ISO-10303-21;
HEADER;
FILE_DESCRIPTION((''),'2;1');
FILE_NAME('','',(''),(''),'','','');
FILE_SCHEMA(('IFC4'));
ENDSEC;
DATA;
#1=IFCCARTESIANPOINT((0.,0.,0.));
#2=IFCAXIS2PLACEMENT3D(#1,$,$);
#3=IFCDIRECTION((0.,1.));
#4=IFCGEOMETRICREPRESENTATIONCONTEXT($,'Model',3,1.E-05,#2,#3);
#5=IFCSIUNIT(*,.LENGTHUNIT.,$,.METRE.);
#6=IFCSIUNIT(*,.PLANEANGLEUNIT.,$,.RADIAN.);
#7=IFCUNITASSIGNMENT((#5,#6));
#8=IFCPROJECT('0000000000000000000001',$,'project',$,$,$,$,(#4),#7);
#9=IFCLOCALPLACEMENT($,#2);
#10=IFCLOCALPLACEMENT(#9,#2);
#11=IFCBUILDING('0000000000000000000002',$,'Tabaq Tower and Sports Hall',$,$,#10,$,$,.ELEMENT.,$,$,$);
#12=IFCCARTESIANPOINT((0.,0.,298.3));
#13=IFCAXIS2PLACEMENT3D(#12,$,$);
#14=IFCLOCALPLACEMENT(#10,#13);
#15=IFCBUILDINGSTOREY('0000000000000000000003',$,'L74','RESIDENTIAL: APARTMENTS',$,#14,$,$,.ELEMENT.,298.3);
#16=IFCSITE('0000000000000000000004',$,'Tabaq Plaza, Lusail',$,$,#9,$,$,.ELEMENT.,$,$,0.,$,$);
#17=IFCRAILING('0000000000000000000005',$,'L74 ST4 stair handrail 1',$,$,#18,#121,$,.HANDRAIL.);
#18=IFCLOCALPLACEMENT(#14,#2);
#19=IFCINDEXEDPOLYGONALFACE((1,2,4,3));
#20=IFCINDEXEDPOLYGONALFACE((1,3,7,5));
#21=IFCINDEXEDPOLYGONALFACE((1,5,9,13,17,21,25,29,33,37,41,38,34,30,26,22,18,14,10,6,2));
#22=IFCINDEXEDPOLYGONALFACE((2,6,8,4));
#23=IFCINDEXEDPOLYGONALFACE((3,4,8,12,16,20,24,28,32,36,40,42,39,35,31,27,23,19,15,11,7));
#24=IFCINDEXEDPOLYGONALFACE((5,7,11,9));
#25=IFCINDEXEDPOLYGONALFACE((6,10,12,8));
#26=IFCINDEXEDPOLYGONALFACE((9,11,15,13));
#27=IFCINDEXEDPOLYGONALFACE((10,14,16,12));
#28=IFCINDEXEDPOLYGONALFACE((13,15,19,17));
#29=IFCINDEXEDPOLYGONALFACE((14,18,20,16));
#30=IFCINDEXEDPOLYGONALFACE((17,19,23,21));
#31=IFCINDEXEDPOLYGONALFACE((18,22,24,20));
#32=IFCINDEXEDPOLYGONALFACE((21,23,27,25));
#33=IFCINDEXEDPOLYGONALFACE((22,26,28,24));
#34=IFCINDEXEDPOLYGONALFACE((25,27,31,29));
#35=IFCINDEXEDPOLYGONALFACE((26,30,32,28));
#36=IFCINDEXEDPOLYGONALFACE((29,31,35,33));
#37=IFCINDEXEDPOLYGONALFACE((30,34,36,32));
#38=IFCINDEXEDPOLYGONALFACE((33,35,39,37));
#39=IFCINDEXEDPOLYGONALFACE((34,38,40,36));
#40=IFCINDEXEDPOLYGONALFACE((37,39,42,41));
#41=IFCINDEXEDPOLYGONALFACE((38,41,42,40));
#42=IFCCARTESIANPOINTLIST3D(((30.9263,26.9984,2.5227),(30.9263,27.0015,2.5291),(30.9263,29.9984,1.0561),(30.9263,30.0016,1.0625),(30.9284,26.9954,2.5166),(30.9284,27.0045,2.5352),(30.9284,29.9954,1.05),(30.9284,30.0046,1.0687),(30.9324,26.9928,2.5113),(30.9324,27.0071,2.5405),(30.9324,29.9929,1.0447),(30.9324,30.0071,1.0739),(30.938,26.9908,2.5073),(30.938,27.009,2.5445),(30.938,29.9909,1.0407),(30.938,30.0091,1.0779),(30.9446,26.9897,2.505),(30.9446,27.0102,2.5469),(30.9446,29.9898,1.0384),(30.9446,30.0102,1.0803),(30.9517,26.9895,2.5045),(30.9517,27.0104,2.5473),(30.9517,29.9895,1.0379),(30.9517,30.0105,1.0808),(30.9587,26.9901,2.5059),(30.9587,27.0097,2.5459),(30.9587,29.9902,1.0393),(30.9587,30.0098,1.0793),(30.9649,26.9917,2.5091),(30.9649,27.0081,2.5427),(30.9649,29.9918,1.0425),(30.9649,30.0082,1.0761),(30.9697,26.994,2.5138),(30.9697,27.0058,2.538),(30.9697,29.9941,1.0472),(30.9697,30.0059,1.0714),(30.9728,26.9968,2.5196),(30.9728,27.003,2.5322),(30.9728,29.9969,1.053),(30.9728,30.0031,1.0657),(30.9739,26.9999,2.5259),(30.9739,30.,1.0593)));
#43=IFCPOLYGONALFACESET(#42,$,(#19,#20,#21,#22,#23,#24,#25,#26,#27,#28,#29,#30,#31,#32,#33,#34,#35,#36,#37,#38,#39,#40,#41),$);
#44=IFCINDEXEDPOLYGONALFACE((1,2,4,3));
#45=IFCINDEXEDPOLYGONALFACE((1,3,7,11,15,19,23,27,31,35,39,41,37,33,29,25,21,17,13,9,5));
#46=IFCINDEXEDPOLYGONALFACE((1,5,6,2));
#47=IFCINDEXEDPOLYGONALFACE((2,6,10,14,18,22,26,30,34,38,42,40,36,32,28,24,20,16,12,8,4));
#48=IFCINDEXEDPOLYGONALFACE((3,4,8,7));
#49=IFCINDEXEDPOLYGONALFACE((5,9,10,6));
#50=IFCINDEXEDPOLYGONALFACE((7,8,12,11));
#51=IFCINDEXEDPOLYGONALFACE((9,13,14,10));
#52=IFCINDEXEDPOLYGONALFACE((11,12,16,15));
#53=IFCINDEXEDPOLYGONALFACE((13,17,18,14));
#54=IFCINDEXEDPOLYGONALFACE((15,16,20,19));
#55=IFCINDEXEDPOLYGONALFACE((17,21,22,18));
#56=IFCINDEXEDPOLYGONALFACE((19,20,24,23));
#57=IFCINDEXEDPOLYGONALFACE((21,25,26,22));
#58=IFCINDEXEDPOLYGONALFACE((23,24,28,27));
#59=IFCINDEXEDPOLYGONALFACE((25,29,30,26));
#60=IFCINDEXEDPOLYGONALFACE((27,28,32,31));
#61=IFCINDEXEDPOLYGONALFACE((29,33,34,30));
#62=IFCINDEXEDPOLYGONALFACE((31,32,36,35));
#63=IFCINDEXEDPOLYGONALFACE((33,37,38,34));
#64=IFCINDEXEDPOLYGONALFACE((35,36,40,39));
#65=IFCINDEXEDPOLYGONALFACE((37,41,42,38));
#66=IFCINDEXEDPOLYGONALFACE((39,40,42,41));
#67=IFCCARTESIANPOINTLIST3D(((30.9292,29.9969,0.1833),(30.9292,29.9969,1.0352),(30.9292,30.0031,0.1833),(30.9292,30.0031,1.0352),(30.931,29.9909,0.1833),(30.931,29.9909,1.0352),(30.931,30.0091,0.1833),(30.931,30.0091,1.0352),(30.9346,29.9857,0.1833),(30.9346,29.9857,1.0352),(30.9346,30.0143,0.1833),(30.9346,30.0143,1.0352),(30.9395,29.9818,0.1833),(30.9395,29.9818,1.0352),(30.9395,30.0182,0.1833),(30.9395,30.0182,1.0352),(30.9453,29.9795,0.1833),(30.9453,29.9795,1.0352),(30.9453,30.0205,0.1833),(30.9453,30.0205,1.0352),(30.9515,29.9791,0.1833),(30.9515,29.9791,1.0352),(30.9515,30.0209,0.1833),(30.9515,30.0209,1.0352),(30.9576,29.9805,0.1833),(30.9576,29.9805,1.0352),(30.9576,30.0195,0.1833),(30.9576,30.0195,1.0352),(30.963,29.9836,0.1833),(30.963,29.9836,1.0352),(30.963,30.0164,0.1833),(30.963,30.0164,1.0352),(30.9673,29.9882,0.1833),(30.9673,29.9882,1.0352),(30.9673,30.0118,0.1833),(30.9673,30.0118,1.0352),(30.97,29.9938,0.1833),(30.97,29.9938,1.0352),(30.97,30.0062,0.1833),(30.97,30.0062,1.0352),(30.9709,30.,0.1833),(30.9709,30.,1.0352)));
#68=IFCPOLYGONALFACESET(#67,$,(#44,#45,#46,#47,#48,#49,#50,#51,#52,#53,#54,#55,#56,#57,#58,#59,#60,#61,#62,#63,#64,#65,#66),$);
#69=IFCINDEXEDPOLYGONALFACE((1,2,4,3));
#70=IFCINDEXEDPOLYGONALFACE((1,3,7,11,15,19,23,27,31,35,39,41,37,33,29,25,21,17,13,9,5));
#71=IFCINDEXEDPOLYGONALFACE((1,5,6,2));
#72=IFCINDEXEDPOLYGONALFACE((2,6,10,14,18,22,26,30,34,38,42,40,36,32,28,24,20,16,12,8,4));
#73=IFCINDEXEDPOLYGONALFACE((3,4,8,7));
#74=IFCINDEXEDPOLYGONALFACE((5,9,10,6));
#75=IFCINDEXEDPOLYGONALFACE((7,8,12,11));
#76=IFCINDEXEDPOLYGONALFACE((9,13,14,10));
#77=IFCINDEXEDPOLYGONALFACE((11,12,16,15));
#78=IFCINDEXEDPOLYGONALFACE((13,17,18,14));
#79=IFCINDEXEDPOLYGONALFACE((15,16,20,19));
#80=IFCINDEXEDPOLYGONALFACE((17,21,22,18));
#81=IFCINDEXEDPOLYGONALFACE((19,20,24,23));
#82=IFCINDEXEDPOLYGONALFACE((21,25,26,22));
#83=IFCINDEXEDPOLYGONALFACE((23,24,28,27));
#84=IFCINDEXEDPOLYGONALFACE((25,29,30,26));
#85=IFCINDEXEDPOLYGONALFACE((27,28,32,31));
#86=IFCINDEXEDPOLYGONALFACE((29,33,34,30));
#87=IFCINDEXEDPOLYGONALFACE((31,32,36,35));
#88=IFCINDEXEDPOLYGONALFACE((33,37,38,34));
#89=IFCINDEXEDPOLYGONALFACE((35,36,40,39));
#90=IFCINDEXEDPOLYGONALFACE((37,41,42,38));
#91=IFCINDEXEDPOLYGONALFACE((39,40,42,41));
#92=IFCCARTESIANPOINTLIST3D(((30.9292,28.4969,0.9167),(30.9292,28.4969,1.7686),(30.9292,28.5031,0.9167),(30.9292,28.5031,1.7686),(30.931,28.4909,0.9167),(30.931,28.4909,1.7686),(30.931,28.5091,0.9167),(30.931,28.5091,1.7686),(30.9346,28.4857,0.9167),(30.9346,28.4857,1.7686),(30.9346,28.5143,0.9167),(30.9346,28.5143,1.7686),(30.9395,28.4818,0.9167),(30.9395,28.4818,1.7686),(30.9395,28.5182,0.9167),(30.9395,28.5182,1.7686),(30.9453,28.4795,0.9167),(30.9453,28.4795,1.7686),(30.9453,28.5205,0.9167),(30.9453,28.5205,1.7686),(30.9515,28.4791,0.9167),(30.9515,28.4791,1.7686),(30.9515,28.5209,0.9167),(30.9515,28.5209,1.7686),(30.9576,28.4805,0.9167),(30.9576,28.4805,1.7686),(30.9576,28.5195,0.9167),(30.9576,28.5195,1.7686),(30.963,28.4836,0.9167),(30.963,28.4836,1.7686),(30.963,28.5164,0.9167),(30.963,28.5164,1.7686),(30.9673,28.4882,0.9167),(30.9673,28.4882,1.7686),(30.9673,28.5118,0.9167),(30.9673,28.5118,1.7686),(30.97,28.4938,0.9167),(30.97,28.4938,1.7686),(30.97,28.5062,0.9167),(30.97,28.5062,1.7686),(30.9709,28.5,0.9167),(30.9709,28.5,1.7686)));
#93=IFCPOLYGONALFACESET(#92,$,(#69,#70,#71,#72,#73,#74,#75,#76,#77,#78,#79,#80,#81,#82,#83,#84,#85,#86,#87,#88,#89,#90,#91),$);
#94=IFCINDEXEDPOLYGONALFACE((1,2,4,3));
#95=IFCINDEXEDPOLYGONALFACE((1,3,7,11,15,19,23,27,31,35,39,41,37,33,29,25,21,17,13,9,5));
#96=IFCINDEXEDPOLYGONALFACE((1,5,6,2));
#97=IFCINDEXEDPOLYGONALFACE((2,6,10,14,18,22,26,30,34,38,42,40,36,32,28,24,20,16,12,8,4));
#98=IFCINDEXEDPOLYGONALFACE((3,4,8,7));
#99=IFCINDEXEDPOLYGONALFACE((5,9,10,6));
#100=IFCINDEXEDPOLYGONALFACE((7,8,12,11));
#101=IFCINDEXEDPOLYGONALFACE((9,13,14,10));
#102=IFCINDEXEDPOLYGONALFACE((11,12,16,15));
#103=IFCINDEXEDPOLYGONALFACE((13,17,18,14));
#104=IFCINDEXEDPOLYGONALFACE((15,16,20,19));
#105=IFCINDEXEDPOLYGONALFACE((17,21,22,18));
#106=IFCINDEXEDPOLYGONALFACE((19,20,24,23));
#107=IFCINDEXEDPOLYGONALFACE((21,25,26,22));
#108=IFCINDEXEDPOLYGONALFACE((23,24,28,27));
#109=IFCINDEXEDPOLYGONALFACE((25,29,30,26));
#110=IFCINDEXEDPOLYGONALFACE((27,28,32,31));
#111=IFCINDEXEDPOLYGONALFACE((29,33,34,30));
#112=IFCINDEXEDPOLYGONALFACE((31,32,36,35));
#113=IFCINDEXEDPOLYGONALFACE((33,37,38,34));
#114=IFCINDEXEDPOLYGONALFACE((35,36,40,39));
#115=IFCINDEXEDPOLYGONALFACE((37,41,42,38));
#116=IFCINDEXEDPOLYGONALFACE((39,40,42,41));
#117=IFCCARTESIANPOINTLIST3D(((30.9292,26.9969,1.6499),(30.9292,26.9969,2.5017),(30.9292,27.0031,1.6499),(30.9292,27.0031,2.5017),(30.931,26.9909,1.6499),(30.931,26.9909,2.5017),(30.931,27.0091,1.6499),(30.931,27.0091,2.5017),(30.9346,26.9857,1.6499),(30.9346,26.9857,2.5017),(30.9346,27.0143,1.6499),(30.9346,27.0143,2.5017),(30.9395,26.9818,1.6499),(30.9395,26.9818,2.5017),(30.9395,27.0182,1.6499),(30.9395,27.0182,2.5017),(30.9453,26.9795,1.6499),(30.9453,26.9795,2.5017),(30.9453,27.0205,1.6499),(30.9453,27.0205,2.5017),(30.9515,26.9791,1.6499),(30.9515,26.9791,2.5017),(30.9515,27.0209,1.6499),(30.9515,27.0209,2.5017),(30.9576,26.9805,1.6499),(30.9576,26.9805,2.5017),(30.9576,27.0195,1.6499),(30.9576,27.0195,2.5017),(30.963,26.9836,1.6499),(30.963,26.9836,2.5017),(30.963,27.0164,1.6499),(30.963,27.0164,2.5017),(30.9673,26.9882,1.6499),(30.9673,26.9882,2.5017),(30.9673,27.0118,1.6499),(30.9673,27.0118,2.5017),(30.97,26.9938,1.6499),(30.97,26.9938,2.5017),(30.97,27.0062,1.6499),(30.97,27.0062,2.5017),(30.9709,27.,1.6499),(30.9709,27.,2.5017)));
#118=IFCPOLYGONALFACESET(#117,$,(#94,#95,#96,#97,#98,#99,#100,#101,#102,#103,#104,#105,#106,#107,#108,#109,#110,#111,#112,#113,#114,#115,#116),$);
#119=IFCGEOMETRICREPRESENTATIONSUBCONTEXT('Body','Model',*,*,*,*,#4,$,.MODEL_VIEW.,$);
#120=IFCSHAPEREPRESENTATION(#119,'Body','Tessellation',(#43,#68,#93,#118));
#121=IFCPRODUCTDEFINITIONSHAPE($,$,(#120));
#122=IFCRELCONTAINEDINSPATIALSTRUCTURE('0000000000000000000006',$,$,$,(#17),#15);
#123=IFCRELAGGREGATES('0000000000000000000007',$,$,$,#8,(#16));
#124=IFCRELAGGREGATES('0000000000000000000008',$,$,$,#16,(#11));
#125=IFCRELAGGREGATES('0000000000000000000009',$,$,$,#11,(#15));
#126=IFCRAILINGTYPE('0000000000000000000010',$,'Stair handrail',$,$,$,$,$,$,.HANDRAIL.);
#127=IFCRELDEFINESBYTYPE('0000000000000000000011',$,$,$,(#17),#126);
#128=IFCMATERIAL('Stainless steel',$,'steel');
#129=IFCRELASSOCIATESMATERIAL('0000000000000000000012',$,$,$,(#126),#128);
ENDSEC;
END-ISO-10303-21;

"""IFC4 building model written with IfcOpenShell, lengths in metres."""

from ifc_helpers import new_model, si_unit, direction, frame, origin, origin_2d, place, context, subcontext, project, spatial, circle, extrude, material, type_object, element, save


model = new_model("IFC4")

# Units and contexts
model_context = context("Model", 3, precision=1e-05, world=origin(), true_north=direction((0.0, 1.0)))
body_context = subcontext(model_context, "Body", "Model", "MODEL_VIEW")
ifc_project = project(units=[si_unit("LENGTHUNIT", "METRE"), si_unit("PLANEANGLEUNIT", "RADIAN")], contexts=[model_context])

# Site, building, storey
site_placement = place(None, origin())
site = spatial("IfcSite", under=ifc_project, at=site_placement, Name="Tabaq Plaza, Lusail", CompositionType="ELEMENT", RefElevation=0.0)
building_placement = place(site_placement, origin())
building = spatial("IfcBuilding", under=site, at=building_placement, Name="Tabaq Tower and Sports Hall", CompositionType="ELEMENT")
storey_placement = place(building_placement, frame((0.0, 0.0, 298.3)))
storey = spatial("IfcBuildingStorey", under=building, at=storey_placement, Name="L74", Description="RESIDENTIAL: APARTMENTS", CompositionType="ELEMENT", Elevation=298.3)

# Railing
ifc_material_1 = material(Name="Stainless steel", Category="steel")
railing_type_1 = type_object("IfcRailingType", Name="Stair handrail", PredefinedType="HANDRAIL", material=ifc_material_1)
railing_1_placement = place(storey_placement, frame((30.95, 30.0, 0.1833)))
element("IfcRailing", 1, at=railing_1_placement, inside=storey, type_object=railing_type_1, Name="L74 ST4 stair handrail 1", PredefinedType="HANDRAIL", context=body_context, shape_type="SweptSolid", body=[
    extrude(circle(Radius=0.0239, at=origin_2d()), frame((0.0, 0.0, 0.876), z_axis=(0.0, -0.898398, 0.439183), x_axis=(1.0, 0.0, 0.0)), (0.0, 0.0, 1.0), 3.3394),
    extrude(circle(Radius=0.021, at=origin_2d()), origin(), (0.0, 0.0, 1.0), 0.8518),
    extrude(circle(Radius=0.021, at=origin_2d()), frame((0.0, -1.5, 0.7334)), (0.0, 0.0, 1.0), 0.8518),
    extrude(circle(Radius=0.021, at=origin_2d()), frame((0.0, -3.0, 1.4666)), (0.0, 0.0, 1.0), 0.8518),
])

save(model, "model.ifc")
